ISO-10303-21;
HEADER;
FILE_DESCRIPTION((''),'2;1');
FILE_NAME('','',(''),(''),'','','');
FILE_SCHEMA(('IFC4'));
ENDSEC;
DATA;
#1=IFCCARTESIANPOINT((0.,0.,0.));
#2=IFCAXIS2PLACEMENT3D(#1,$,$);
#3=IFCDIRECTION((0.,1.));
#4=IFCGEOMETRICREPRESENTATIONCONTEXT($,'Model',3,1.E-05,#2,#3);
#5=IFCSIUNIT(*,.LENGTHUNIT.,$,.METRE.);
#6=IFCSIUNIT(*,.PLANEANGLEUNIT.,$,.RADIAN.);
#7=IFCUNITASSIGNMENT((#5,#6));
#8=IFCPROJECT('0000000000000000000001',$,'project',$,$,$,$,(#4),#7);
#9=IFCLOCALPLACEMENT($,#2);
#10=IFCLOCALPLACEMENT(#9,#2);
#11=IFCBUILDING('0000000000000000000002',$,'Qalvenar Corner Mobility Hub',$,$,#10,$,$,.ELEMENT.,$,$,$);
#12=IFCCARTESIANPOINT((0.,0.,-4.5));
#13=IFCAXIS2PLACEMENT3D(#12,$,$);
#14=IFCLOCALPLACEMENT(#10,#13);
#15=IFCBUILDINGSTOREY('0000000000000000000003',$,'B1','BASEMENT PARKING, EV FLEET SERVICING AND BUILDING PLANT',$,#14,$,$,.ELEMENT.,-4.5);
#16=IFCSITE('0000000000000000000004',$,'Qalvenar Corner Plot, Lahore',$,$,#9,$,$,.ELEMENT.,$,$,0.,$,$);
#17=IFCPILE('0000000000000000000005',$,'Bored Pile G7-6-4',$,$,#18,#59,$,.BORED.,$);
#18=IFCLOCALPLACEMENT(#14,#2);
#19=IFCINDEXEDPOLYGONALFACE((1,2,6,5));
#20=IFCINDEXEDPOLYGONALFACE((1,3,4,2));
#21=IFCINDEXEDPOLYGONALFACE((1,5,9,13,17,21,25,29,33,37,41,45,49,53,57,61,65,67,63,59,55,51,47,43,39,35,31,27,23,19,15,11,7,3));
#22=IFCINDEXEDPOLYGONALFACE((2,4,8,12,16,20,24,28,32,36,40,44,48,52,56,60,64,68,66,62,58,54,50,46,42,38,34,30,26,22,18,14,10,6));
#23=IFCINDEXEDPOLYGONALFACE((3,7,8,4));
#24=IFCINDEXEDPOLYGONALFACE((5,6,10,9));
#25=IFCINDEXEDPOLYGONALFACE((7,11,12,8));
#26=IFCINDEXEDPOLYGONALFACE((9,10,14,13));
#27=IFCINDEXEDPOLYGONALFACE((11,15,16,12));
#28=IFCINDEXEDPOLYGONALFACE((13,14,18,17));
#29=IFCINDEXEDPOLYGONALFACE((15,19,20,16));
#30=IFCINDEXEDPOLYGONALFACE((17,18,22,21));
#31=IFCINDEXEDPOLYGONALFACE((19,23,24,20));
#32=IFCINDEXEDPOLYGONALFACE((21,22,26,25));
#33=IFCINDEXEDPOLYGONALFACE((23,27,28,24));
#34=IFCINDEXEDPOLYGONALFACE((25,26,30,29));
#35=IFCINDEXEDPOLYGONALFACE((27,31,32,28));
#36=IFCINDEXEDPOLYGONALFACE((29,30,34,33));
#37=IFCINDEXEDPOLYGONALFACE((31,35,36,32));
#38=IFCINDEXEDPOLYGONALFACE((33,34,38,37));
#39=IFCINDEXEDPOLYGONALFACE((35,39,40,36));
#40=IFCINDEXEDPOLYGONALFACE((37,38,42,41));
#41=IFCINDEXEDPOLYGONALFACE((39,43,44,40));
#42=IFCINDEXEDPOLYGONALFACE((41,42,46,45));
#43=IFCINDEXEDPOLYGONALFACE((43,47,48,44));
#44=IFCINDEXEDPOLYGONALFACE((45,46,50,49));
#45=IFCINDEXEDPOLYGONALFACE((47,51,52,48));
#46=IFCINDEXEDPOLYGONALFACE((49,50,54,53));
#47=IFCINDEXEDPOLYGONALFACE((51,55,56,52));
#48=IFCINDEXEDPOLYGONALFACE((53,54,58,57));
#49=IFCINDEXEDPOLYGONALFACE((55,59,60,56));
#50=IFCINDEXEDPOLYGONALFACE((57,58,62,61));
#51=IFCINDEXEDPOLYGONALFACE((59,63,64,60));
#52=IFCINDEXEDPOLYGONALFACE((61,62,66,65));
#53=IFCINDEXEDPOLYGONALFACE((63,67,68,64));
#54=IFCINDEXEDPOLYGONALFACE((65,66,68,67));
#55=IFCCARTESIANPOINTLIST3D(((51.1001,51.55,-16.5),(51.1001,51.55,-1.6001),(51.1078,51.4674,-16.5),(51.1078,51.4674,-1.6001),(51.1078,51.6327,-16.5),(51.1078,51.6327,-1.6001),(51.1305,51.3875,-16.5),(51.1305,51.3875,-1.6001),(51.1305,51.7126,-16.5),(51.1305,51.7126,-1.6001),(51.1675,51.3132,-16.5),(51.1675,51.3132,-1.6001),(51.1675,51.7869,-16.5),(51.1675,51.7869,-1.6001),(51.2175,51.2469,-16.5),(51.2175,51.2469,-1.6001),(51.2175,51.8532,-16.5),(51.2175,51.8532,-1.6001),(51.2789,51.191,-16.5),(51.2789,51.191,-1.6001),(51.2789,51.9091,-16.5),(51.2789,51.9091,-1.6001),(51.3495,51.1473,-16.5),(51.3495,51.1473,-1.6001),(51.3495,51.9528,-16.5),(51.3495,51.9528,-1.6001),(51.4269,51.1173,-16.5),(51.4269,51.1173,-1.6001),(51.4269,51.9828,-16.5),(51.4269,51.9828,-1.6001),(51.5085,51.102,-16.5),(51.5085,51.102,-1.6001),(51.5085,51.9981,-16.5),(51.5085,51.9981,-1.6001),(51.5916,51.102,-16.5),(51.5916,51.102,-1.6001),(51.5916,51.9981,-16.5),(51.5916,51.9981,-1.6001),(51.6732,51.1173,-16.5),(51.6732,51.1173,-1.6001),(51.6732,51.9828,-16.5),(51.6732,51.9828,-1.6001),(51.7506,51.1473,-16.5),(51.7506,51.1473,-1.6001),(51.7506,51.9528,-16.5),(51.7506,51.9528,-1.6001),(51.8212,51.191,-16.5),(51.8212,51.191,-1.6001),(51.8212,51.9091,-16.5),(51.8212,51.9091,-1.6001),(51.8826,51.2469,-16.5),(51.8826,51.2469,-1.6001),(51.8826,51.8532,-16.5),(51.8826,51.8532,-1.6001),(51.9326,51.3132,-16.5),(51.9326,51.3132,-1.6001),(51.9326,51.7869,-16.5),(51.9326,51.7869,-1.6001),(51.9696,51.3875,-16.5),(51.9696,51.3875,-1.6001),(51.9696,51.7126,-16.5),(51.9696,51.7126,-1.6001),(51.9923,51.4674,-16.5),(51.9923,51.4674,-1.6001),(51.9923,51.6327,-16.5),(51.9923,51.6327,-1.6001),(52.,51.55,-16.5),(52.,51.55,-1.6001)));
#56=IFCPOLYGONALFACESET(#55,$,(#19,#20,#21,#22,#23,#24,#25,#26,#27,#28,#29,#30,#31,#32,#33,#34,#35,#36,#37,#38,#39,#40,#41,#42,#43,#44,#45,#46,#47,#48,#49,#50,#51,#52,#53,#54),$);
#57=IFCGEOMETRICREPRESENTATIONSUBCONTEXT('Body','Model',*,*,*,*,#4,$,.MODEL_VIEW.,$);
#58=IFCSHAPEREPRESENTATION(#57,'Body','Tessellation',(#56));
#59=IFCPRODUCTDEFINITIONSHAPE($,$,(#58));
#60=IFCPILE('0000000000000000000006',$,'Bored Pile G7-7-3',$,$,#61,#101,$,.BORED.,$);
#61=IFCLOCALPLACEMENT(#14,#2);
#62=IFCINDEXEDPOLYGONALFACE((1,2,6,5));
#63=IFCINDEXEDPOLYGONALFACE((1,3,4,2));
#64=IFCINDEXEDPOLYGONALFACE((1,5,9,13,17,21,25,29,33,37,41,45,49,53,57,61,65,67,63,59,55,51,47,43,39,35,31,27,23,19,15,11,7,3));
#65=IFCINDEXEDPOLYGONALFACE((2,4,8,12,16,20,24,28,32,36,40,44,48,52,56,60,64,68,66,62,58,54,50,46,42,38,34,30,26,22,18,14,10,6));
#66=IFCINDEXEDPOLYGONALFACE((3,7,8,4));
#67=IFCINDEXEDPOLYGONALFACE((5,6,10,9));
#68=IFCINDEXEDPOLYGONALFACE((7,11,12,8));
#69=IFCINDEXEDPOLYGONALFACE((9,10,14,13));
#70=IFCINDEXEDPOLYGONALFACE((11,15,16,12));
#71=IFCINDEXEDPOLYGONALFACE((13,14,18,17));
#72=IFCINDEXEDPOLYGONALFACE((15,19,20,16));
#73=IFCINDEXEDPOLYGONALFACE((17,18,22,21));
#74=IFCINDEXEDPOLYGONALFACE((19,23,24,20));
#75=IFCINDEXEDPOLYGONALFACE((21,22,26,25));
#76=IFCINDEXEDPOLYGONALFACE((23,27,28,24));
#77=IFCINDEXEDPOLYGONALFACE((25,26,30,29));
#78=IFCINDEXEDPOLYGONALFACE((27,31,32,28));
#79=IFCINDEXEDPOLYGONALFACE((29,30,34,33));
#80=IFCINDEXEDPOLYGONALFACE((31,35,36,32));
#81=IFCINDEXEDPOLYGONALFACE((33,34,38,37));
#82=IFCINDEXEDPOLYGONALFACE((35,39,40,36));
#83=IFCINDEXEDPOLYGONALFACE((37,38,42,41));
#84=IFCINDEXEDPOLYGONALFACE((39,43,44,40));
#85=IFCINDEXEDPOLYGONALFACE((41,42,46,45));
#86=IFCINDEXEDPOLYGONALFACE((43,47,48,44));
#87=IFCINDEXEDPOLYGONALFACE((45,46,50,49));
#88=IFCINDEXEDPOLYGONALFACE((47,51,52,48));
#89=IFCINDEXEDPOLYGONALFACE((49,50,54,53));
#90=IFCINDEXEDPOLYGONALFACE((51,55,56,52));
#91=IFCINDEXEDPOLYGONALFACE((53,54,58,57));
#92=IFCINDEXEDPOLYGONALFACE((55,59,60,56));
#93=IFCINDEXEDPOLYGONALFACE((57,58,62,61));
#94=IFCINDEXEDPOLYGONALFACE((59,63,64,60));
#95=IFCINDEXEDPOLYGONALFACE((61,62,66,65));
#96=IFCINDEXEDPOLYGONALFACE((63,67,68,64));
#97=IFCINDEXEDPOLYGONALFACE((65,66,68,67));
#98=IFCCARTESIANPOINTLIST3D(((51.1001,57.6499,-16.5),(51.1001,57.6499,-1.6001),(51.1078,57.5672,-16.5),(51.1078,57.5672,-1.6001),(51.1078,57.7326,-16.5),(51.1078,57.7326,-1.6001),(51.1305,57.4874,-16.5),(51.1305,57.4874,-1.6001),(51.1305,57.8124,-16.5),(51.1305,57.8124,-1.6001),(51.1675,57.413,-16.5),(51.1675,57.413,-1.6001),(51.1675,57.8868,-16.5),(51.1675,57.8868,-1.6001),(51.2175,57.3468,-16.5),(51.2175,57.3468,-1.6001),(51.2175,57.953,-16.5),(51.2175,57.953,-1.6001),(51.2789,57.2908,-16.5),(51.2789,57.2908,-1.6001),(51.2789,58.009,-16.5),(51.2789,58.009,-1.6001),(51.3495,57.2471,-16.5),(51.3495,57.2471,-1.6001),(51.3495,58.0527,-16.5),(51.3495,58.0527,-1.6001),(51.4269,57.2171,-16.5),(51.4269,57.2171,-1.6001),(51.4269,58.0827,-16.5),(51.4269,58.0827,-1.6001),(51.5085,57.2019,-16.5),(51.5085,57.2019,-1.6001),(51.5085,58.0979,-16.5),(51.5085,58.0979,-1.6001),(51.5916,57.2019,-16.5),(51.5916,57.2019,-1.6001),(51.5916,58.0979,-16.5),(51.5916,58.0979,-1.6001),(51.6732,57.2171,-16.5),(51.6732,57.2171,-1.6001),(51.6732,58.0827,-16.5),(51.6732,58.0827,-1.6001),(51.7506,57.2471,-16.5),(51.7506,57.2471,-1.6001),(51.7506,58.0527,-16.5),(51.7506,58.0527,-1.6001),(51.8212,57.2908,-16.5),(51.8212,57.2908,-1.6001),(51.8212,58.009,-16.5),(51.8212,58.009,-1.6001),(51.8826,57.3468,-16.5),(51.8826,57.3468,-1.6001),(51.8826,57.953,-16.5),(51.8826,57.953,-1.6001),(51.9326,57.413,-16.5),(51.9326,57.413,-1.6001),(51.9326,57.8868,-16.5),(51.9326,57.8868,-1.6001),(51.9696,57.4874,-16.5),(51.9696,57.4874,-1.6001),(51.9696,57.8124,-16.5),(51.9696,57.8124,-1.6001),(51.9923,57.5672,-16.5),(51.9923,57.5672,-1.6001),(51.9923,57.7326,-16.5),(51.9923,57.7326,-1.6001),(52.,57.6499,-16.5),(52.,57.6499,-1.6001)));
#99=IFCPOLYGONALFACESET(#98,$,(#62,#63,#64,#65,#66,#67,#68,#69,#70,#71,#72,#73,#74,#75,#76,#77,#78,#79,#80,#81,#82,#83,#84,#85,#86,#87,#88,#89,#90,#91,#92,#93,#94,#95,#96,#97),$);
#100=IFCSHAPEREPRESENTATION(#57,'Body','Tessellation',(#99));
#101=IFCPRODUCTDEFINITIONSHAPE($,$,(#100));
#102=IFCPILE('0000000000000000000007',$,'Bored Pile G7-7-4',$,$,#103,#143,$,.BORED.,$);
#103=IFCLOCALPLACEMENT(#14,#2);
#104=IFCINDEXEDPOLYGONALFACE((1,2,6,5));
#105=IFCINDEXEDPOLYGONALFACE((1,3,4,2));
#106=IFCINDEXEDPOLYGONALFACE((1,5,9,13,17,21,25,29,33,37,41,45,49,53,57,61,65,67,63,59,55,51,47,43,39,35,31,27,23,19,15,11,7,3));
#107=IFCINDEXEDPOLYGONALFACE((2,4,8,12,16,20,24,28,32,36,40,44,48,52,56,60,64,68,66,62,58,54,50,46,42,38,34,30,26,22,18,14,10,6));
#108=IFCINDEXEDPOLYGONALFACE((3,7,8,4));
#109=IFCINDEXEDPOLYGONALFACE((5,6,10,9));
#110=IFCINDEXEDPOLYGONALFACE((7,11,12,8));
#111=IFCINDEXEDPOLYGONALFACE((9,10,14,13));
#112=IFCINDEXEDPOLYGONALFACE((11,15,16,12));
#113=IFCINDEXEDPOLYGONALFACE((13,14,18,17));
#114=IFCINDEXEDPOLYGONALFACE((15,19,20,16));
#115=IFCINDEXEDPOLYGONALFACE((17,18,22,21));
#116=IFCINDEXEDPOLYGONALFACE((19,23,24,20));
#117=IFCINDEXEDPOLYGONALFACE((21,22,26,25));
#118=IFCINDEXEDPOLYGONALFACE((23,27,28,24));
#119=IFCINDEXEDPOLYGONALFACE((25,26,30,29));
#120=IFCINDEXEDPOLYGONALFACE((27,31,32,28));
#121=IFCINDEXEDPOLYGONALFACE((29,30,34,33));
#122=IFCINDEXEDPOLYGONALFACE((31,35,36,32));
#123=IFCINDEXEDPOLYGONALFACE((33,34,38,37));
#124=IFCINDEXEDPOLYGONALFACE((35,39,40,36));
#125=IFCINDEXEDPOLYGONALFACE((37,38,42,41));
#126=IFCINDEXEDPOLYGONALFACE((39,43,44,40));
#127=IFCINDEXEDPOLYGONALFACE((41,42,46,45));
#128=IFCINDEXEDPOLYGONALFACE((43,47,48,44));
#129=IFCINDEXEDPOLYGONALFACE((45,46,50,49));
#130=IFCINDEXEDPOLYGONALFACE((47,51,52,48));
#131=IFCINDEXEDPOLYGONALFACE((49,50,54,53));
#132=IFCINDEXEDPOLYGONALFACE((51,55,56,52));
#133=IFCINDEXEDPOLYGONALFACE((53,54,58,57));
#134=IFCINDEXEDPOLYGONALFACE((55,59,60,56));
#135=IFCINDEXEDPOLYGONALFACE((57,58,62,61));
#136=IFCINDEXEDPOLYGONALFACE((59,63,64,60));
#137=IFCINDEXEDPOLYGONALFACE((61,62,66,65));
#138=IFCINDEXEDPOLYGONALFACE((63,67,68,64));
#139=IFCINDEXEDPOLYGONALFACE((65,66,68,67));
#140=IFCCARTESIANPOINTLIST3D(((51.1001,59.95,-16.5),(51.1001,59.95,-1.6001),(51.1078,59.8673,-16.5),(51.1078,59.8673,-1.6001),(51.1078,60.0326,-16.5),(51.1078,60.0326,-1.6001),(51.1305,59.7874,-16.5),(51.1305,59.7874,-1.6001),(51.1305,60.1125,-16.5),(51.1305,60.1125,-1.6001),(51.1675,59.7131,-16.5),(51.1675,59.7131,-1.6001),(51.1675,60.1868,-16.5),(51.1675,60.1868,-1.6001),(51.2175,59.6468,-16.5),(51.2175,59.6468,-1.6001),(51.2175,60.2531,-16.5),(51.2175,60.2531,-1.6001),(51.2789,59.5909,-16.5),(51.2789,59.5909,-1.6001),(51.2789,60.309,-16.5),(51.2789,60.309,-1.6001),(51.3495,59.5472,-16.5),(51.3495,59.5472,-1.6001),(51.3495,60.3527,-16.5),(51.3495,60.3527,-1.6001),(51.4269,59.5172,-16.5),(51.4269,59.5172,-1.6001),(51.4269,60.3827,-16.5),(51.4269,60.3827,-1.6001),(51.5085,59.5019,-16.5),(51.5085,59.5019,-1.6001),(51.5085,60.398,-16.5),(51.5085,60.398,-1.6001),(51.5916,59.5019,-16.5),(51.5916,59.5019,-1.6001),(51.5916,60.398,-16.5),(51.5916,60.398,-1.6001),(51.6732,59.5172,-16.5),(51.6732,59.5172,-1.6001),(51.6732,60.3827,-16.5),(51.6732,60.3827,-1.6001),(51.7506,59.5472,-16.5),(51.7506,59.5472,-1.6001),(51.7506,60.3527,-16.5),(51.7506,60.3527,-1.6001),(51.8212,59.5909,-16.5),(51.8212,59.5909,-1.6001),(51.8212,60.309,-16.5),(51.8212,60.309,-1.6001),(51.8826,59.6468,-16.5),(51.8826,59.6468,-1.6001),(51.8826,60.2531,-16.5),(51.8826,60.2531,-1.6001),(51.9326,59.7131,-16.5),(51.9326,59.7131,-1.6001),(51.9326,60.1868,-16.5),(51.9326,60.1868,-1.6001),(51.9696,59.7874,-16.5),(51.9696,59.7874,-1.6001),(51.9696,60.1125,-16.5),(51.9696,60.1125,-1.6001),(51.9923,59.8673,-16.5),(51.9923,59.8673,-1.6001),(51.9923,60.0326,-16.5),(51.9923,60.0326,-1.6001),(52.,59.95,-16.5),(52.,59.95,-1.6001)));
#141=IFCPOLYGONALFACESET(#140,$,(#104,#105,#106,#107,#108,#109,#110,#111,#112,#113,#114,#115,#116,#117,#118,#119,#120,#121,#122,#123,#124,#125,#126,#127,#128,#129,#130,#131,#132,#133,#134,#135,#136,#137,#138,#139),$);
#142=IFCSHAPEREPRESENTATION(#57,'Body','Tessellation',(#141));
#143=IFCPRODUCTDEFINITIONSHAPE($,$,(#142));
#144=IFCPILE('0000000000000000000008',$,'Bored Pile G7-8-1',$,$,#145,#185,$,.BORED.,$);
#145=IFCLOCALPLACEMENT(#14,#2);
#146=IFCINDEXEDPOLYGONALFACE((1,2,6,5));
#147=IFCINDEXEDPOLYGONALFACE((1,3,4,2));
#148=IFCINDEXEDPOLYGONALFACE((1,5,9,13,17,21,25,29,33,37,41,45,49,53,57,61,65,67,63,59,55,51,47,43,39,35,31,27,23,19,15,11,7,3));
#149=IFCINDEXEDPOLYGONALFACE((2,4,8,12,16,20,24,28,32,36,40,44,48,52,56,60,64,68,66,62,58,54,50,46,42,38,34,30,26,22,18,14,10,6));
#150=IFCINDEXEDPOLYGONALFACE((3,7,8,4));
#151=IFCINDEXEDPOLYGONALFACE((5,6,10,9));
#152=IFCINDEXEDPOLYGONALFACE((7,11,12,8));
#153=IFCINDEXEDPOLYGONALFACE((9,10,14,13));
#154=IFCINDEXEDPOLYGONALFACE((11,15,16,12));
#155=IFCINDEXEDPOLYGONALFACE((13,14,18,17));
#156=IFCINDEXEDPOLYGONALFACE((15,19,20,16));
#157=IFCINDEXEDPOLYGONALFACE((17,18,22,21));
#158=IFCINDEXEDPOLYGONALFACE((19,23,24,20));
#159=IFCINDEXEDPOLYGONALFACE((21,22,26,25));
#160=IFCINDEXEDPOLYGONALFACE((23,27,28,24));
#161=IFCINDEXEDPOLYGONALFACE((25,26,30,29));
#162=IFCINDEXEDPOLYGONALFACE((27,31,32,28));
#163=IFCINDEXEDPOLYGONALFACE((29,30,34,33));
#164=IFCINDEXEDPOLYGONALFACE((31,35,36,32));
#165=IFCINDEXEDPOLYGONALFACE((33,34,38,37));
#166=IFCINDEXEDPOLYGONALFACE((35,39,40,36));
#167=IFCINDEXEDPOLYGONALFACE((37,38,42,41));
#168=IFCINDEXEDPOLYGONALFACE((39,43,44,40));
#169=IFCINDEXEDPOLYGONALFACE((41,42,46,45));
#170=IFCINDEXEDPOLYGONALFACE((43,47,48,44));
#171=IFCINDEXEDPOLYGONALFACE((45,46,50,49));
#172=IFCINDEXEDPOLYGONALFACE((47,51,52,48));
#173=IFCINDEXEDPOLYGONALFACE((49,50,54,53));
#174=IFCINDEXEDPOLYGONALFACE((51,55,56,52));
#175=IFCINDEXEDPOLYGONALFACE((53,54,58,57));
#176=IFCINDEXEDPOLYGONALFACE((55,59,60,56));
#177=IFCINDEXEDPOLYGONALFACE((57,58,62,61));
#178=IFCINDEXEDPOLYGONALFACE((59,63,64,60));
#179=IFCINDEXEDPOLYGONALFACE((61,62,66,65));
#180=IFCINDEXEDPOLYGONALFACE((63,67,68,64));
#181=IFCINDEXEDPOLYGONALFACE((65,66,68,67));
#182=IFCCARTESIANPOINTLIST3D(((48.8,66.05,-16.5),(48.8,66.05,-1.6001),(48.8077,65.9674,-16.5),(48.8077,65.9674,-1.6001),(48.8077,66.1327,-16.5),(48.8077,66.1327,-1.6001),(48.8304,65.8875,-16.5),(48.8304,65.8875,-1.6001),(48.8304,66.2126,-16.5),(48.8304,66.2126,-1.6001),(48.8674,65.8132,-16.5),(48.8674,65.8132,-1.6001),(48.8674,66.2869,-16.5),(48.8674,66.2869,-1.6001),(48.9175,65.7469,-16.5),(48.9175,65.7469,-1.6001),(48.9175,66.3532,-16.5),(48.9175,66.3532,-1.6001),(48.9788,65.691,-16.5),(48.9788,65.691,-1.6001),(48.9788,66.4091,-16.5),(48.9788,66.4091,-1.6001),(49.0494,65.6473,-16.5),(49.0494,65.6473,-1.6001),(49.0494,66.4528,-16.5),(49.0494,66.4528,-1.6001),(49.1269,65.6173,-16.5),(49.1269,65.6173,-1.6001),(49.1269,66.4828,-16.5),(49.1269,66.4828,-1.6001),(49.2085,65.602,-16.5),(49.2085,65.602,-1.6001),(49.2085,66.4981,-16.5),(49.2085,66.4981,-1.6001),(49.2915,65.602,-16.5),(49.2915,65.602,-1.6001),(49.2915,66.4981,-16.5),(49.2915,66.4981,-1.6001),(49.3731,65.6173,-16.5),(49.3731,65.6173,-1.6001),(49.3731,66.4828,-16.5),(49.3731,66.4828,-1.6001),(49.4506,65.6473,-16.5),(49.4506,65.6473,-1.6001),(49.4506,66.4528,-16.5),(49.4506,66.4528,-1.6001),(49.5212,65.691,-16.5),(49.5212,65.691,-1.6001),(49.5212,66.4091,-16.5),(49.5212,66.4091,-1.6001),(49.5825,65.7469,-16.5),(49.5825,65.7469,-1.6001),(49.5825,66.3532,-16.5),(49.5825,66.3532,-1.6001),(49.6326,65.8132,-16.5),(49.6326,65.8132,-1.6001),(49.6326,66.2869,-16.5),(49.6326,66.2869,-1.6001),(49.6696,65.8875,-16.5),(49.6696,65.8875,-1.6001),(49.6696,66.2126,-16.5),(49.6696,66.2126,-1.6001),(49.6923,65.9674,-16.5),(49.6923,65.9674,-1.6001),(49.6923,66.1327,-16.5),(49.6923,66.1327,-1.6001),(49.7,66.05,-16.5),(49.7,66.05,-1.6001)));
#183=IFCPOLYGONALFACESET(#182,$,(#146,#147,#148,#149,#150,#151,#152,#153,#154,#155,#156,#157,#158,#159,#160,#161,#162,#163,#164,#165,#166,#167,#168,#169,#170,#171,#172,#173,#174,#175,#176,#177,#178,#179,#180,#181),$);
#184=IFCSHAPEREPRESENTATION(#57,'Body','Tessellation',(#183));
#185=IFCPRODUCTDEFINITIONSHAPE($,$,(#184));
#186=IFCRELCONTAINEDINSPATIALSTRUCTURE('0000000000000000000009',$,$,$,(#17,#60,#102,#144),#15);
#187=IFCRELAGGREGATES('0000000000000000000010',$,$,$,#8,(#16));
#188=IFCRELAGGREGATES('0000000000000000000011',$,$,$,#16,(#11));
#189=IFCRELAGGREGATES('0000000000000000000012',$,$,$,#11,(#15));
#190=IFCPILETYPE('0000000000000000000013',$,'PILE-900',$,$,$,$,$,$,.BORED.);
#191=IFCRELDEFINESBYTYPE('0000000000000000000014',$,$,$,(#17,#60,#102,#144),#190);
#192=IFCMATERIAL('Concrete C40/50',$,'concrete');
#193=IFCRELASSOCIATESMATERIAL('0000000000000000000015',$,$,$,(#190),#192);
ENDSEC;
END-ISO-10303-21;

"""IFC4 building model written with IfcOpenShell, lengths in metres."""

from ifc_helpers import new_model, si_unit, direction, frame, origin, origin_2d, place, context, subcontext, project, spatial, circle, extrude, material, material_profile, profile_set, type_object, element, save


model = new_model("IFC4")

# Units and contexts
model_context = context("Model", 3, precision=1e-05, world=origin(), true_north=direction((0.0, 1.0)))
body_context = subcontext(model_context, "Body", "Model", "MODEL_VIEW")
ifc_project = project(units=[si_unit("LENGTHUNIT", "METRE"), si_unit("PLANEANGLEUNIT", "RADIAN")], contexts=[model_context])

# Site, building, storey
site_placement = place(None, origin())
site = spatial("IfcSite", under=ifc_project, at=site_placement, Name="Qalvenar Corner Plot, Lahore", CompositionType="ELEMENT", RefElevation=0.0)
building_placement = place(site_placement, origin())
building = spatial("IfcBuilding", under=site, at=building_placement, Name="Qalvenar Corner Mobility Hub", CompositionType="ELEMENT")
storey_placement = place(building_placement, frame((0.0, 0.0, -4.5)))
storey = spatial("IfcBuildingStorey", under=building, at=storey_placement, Name="B1", Description="BASEMENT PARKING, EV FLEET SERVICING AND BUILDING PLANT", CompositionType="ELEMENT", Elevation=-4.5)

# Shared definitions
ifc_material_1 = material(Name="Concrete C40/50", Category="concrete")

# Piles
ifc_material_profile_1 = material_profile(ifc_material_1, circle(Radius=0.45, at=origin_2d()), Name="DIA900")
ifc_profile_set_1 = profile_set([ifc_material_profile_1], Name="Concrete C40/50")
pile_type_1 = type_object("IfcPileType", Name="PILE-900", PredefinedType="BORED", material=ifc_profile_set_1)
for number, where, z_axis, x_axis, name in (
    (1, (51.55, 51.55, -1.6001), (0.0, 0.0, -1.0), (1.0, 0.0, 0.0), "Bored Pile G7-6-4"),
    (2, (51.55, 57.6499, -1.6001), (0.0, 0.0, -1.0), (1.0, 0.0, 0.0), "Bored Pile G7-7-3"),
    (3, (51.55, 59.95, -1.6001), (0.0, 0.0, -1.0), (1.0, 0.0, 0.0), "Bored Pile G7-7-4"),
    (4, (49.25, 66.05, -1.6001), (0.0, 0.0, -1.0), (1.0, 0.0, 0.0), "Bored Pile G7-8-1"),
):
    element("IfcPile", number, at=place(storey_placement, frame(where, z_axis=z_axis, x_axis=x_axis)), inside=storey, type_object=pile_type_1, Name=name, PredefinedType="BORED", context=body_context, shape_type="SweptSolid", body=[
        extrude(circle(Radius=0.45, at=origin_2d()), origin(), (0.0, 0.0, 1.0), 14.8999),
    ])

save(model, "model.ifc")
